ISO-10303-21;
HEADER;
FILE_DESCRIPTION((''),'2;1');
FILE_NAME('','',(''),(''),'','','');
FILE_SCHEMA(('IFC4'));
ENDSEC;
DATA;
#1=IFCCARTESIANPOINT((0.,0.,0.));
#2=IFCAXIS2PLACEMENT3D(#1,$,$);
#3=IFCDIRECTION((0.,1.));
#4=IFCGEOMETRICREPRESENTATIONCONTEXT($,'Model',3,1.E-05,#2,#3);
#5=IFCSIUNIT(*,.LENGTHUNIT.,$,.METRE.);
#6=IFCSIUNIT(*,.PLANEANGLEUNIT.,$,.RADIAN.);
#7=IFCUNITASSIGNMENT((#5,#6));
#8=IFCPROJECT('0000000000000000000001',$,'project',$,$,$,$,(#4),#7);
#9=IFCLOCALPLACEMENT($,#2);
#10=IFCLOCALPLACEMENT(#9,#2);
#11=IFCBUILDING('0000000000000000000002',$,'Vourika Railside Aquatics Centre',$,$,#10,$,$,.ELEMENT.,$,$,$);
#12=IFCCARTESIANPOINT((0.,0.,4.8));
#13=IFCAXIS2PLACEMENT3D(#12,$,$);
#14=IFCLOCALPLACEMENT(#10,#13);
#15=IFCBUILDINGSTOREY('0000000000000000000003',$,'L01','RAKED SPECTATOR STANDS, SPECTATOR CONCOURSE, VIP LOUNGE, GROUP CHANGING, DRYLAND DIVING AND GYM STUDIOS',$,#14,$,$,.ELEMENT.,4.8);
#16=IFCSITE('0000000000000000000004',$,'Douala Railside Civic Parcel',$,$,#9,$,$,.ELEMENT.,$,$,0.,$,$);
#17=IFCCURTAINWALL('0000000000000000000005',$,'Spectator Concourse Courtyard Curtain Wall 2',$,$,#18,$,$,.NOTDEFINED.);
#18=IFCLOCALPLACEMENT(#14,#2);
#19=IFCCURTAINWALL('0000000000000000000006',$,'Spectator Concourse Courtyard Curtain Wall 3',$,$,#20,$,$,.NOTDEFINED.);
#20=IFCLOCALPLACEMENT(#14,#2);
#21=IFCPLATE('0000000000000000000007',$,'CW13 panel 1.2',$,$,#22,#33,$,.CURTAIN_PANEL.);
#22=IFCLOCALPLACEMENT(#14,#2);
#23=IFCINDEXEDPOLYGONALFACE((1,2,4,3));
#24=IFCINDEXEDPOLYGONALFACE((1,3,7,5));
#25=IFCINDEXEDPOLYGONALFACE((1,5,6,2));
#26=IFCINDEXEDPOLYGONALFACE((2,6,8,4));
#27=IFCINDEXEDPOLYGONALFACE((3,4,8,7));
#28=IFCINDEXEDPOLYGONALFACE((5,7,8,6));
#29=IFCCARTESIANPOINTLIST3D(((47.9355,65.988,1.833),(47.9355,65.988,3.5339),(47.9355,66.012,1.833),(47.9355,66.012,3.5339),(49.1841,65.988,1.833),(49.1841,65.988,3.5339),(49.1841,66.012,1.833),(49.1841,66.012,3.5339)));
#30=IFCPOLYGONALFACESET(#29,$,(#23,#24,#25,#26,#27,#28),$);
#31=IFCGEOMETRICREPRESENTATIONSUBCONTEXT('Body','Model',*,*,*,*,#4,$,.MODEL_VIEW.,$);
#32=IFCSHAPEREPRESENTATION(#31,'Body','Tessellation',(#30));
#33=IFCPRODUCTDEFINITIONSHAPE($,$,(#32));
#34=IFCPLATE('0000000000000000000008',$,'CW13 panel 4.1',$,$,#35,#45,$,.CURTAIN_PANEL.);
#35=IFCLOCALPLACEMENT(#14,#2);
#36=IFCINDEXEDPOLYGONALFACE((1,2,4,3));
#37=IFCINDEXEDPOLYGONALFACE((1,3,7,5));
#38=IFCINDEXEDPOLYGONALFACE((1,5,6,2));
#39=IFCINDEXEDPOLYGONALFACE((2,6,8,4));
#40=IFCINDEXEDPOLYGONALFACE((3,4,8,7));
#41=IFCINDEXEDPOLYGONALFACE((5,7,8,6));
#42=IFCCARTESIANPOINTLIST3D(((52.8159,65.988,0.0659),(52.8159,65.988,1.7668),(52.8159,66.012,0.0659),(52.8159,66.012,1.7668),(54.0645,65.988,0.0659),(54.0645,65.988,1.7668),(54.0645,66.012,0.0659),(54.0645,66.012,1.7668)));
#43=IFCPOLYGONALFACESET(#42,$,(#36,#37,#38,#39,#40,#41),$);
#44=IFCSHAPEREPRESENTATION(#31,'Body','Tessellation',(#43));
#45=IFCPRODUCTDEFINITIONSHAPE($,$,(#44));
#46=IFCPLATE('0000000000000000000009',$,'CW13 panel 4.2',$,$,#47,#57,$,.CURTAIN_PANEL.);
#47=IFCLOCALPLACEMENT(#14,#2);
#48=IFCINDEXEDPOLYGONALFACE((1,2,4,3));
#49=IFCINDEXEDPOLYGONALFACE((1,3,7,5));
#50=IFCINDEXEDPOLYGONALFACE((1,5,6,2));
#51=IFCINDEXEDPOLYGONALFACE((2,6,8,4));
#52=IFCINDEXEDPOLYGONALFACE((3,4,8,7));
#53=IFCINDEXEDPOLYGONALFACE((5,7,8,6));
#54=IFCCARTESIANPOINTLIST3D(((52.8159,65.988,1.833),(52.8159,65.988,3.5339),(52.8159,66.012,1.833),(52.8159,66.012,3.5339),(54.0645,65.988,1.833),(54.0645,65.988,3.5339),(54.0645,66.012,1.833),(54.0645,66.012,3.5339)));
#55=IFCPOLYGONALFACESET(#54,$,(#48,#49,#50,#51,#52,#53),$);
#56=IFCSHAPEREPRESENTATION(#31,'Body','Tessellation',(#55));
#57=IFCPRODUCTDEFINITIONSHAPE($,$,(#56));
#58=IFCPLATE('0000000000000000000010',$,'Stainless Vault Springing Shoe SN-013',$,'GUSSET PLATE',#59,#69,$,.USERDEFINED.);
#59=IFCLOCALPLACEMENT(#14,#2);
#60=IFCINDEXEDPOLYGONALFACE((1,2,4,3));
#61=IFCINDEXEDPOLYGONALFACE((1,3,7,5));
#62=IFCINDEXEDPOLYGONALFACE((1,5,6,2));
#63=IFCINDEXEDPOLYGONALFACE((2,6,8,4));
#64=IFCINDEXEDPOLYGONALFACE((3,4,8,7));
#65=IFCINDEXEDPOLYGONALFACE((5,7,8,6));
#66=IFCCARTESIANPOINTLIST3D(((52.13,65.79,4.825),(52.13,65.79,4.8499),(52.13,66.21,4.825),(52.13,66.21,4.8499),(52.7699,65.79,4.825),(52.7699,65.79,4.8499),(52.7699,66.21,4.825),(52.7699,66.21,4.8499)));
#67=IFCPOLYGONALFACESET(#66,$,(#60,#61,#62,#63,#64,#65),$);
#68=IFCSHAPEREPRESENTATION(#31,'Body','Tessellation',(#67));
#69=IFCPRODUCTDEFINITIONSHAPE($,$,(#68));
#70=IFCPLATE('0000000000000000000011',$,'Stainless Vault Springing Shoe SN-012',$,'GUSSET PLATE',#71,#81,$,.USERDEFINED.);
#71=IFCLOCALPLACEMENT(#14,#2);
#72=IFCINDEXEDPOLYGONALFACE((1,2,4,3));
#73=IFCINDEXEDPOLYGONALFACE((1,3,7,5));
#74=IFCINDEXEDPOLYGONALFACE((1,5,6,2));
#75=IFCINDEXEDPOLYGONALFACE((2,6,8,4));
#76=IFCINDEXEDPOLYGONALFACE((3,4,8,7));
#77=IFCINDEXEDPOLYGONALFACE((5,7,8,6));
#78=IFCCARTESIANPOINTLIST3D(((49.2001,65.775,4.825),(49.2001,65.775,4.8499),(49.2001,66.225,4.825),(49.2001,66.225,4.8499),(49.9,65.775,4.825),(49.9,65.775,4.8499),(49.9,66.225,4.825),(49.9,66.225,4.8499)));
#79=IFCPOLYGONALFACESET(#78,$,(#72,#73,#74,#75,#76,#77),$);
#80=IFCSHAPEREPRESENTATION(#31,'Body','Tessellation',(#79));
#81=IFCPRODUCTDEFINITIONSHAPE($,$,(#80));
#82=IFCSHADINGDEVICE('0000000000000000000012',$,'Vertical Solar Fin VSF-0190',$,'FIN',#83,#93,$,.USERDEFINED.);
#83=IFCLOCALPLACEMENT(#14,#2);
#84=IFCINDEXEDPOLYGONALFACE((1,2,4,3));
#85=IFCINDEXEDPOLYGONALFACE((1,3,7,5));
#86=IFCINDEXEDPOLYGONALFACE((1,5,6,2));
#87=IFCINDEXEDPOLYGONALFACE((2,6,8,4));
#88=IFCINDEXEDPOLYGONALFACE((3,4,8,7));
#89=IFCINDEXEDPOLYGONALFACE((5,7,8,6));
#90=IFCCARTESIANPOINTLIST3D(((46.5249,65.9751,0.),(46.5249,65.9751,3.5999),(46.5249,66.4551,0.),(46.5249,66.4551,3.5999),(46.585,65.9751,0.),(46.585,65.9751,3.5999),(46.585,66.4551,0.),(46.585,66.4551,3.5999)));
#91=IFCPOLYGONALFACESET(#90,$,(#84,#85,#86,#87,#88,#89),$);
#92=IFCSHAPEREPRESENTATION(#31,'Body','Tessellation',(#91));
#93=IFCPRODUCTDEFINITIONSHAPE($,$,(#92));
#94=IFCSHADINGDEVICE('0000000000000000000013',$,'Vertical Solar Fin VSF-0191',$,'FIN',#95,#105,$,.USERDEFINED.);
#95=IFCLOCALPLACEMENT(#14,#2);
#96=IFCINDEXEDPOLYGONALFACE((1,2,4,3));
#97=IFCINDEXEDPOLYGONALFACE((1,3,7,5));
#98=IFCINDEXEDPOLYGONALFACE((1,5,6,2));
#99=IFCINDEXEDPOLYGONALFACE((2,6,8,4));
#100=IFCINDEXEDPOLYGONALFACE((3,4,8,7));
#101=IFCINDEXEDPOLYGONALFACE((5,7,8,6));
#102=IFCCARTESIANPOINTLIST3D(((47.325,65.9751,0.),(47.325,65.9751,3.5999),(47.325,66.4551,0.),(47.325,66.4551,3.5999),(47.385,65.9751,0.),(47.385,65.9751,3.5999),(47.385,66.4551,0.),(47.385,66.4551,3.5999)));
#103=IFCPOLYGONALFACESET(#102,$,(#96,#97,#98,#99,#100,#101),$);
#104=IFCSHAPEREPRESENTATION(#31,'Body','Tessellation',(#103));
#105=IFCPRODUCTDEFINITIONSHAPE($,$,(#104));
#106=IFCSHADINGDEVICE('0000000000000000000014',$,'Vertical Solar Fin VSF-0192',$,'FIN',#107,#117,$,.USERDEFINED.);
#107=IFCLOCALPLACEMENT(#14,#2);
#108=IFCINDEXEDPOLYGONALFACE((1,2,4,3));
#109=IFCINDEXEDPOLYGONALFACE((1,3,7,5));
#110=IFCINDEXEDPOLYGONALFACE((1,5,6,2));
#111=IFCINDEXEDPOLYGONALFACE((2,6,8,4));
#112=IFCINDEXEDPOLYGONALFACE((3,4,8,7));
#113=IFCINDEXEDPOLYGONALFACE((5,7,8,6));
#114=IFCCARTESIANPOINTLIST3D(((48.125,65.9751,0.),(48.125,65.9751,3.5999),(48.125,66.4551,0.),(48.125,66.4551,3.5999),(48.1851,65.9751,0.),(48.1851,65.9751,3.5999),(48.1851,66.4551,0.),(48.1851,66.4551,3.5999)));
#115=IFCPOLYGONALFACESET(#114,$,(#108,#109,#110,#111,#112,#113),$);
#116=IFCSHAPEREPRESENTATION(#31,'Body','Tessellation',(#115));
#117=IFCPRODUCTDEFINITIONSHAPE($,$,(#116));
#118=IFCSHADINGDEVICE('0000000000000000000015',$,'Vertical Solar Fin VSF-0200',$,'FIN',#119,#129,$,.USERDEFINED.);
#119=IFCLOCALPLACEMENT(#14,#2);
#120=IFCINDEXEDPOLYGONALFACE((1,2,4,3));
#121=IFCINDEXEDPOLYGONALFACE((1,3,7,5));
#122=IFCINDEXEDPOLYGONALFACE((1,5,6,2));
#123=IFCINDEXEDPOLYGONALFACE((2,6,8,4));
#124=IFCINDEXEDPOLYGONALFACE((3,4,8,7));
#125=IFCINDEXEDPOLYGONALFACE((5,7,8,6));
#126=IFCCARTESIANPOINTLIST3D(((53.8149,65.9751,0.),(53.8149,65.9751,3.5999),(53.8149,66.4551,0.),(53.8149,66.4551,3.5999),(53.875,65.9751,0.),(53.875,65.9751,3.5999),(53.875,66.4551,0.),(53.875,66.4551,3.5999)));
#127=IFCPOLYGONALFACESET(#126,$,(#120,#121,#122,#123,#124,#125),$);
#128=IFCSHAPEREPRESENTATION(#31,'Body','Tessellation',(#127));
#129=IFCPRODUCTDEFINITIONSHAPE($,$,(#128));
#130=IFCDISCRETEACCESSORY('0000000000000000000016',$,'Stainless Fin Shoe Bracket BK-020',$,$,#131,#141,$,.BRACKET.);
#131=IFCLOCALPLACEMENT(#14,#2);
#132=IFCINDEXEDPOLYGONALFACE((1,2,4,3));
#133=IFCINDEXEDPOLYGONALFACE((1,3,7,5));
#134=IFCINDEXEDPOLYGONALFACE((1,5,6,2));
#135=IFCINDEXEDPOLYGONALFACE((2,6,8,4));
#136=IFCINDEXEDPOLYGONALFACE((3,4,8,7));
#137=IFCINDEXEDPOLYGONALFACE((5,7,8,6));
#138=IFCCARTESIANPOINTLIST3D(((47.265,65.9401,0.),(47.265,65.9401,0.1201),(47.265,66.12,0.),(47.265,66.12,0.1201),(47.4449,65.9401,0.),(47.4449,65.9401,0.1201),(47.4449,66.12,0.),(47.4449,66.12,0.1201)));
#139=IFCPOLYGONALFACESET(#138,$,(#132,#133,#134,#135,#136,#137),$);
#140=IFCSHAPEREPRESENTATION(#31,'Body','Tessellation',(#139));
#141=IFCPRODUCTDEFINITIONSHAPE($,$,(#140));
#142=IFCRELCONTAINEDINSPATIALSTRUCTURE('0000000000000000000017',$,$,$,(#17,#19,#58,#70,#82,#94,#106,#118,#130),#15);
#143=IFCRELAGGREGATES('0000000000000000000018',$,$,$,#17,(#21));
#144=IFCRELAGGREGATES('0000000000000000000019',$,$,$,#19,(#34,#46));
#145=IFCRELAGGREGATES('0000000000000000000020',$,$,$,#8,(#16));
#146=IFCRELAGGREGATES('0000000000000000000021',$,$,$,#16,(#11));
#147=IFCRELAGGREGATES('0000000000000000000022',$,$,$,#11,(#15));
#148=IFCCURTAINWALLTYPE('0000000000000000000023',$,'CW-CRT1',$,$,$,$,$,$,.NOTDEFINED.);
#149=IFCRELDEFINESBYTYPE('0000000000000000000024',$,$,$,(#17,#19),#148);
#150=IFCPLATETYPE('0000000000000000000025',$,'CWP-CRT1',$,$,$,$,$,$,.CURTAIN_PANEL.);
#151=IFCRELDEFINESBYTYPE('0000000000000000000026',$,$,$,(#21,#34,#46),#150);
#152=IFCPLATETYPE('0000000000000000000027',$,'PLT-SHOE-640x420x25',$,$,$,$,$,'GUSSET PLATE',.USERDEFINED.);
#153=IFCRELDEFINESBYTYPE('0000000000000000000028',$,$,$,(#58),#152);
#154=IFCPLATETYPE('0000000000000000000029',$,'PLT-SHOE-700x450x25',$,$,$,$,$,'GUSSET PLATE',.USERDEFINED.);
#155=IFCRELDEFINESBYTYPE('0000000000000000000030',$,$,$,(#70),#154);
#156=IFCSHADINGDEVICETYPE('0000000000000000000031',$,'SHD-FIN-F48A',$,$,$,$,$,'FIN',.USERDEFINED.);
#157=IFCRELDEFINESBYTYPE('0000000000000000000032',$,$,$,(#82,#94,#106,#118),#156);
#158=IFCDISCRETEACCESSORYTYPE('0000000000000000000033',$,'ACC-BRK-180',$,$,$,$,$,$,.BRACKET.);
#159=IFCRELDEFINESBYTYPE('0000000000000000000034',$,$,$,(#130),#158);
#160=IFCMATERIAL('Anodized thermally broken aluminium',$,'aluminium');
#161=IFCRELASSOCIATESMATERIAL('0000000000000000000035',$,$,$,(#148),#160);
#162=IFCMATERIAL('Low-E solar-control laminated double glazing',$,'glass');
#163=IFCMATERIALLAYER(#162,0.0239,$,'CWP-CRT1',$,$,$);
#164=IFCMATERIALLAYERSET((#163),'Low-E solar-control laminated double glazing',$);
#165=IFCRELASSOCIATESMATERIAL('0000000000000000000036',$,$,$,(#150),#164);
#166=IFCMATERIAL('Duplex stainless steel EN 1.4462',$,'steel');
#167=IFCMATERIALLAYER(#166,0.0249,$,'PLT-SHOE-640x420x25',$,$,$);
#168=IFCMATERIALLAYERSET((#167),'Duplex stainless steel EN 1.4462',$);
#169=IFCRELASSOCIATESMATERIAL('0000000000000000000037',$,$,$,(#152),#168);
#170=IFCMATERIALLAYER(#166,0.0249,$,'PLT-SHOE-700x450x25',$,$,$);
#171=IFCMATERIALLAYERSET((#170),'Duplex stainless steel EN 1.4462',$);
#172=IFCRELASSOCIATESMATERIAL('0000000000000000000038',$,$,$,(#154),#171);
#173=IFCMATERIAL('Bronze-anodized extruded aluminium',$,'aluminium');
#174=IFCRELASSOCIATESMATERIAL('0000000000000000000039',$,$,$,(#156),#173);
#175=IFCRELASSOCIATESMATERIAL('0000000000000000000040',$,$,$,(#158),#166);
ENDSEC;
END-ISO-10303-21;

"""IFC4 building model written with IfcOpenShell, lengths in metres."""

from ifc_helpers import new_model, si_unit, direction, frame, origin, origin_2d, place, context, subcontext, project, spatial, rectangle, extrude, material, layer, layer_set, material_profile, profile_set, type_object, element, aggregate, save


model = new_model("IFC4")

# Units and contexts
model_context = context("Model", 3, precision=1e-05, world=origin(), true_north=direction((0.0, 1.0)))
body_context = subcontext(model_context, "Body", "Model", "MODEL_VIEW")
ifc_project = project(units=[si_unit("LENGTHUNIT", "METRE"), si_unit("PLANEANGLEUNIT", "RADIAN")], contexts=[model_context])

# Site, building, storey
site_placement = place(None, origin())
site = spatial("IfcSite", under=ifc_project, at=site_placement, Name="Douala Railside Civic Parcel", CompositionType="ELEMENT", RefElevation=0.0)
building_placement = place(site_placement, origin())
building = spatial("IfcBuilding", under=site, at=building_placement, Name="Vourika Railside Aquatics Centre", CompositionType="ELEMENT")
storey_placement = place(building_placement, frame((0.0, 0.0, 4.8)))
storey = spatial("IfcBuildingStorey", under=building, at=storey_placement, Name="L01", Description="RAKED SPECTATOR STANDS, SPECTATOR CONCOURSE, VIP LOUNGE, GROUP CHANGING, DRYLAND DIVING AND GYM STUDIOS", CompositionType="ELEMENT", Elevation=4.8)

# Curtain wall
ifc_material_1 = material(Name="Anodized thermally broken aluminium", Category="aluminium")
curtain_wall_type = type_object("IfcCurtainWallType", Name="CW-CRT1", PredefinedType="NOTDEFINED", material=ifc_material_1)
curtain_wall_1_placement = place(storey_placement, origin())
curtain_wall_1 = element("IfcCurtainWall", 1, at=curtain_wall_1_placement, inside=storey, type_object=curtain_wall_type, Name="Spectator Concourse Courtyard Curtain Wall 2", PredefinedType="NOTDEFINED")

# Curtain wall
curtain_wall_2_placement = place(storey_placement, origin())
curtain_wall_2 = element("IfcCurtainWall", 2, at=curtain_wall_2_placement, inside=storey, type_object=curtain_wall_type, Name="Spectator Concourse Courtyard Curtain Wall 3", PredefinedType="NOTDEFINED")

# Plates
ifc_material_2 = material(Name="Low-E solar-control laminated double glazing", Category="glass")
ifc_layer_1 = layer(ifc_material_2, 0.0239, Name="CWP-CRT1")
ifc_layer_set_1 = layer_set([ifc_layer_1], Name="Low-E solar-control laminated double glazing")
plate_type_1 = type_object("IfcPlateType", Name="CWP-CRT1", PredefinedType="CURTAIN_PANEL", material=ifc_layer_set_1)
plate_1_placement = place(storey_placement, frame((48.5598, 66.0, 1.833), z_axis=(0.0, 0.0, 1.0), x_axis=(-1.0, 0.0, 0.0)))
plate_1 = element("IfcPlate", 3, at=plate_1_placement, type_object=plate_type_1, Name="CW13 panel 1.2", PredefinedType="CURTAIN_PANEL", context=body_context, shape_type="SweptSolid", body=[
    extrude(rectangle(XDim=1.2485, YDim=0.0239, at=origin_2d()), origin(), (0.0, 0.0, 1.0), 1.7009),
])
aggregate(curtain_wall_1, [plate_1])
plate_2_placement = place(storey_placement, frame((53.4402, 66.0, 0.0659), z_axis=(0.0, 0.0, 1.0), x_axis=(-1.0, 0.0, 0.0)))
plate_2 = element("IfcPlate", 4, at=plate_2_placement, type_object=plate_type_1, Name="CW13 panel 4.1", PredefinedType="CURTAIN_PANEL", context=body_context, shape_type="SweptSolid", body=[
    extrude(rectangle(XDim=1.2485, YDim=0.0239, at=origin_2d()), origin(), (0.0, 0.0, 1.0), 1.7009),
])
plate_3_placement = place(storey_placement, frame((53.4402, 66.0, 1.833), z_axis=(0.0, 0.0, 1.0), x_axis=(-1.0, 0.0, 0.0)))
plate_3 = element("IfcPlate", 5, at=plate_3_placement, type_object=plate_type_1, Name="CW13 panel 4.2", PredefinedType="CURTAIN_PANEL", context=body_context, shape_type="SweptSolid", body=[
    extrude(rectangle(XDim=1.2485, YDim=0.0239, at=origin_2d()), origin(), (0.0, 0.0, 1.0), 1.7009),
])
aggregate(curtain_wall_2, [plate_2, plate_3])

# Plates
ifc_material_3 = material(Name="Duplex stainless steel EN 1.4462", Category="steel")
ifc_layer_2 = layer(ifc_material_3, 0.0249, Name="PLT-SHOE-640x420x25")
ifc_layer_set_2 = layer_set([ifc_layer_2], Name="Duplex stainless steel EN 1.4462")
plate_type_2 = type_object("IfcPlateType", Name="PLT-SHOE-640x420x25", ElementType="GUSSET PLATE", PredefinedType="USERDEFINED", material=ifc_layer_set_2)
plate_4_placement = place(storey_placement, frame((52.45, 66.0, 4.825), z_axis=(0.0, 0.0, 1.0), x_axis=(1.0, 0.0, 0.0)))
element("IfcPlate", 6, at=plate_4_placement, inside=storey, type_object=plate_type_2, Name="Stainless Vault Springing Shoe SN-013", ObjectType="GUSSET PLATE", PredefinedType="USERDEFINED", context=body_context, shape_type="SweptSolid", body=[
    extrude(rectangle(XDim=0.6399, YDim=0.4199, at=origin_2d()), origin(), (0.0, 0.0, 1.0), 0.0249),
])
ifc_layer_3 = layer(ifc_material_3, 0.0249, Name="PLT-SHOE-700x450x25")
ifc_layer_set_3 = layer_set([ifc_layer_3], Name="Duplex stainless steel EN 1.4462")
plate_type_3 = type_object("IfcPlateType", Name="PLT-SHOE-700x450x25", ElementType="GUSSET PLATE", PredefinedType="USERDEFINED", material=ifc_layer_set_3)
plate_5_placement = place(storey_placement, frame((49.55, 66.0, 4.825), z_axis=(0.0, 0.0, 1.0), x_axis=(1.0, 0.0, 0.0)))
element("IfcPlate", 7, at=plate_5_placement, inside=storey, type_object=plate_type_3, Name="Stainless Vault Springing Shoe SN-012", ObjectType="GUSSET PLATE", PredefinedType="USERDEFINED", context=body_context, shape_type="SweptSolid", body=[
    extrude(rectangle(XDim=0.7, YDim=0.45, at=origin_2d()), origin(), (0.0, 0.0, 1.0), 0.0249),
])

# Shading devices
ifc_material_4 = material(Name="Bronze-anodized extruded aluminium", Category="aluminium")
ifc_material_profile_1 = material_profile(ifc_material_4, rectangle(XDim=0.0601, YDim=0.48, at=origin_2d()), Name="ALU-FIN 60x480")
ifc_profile_set_1 = profile_set([ifc_material_profile_1], Name="Bronze-anodized extruded aluminium")
shading_device_type = type_object("IfcShadingDeviceType", Name="SHD-FIN-F48A", ElementType="FIN", PredefinedType="USERDEFINED", material=ifc_profile_set_1)
for number, where, z_axis, x_axis, name in (
    (8, (46.5549, 66.2151, 0.0), (0.0, 0.0, 1.0), (1.0, 0.0, 0.0), "Vertical Solar Fin VSF-0190"),
    (9, (47.355, 66.2151, 0.0), (0.0, 0.0, 1.0), (1.0, 0.0, 0.0), "Vertical Solar Fin VSF-0191"),
    (10, (48.155, 66.2151, 0.0), (0.0, 0.0, 1.0), (1.0, 0.0, 0.0), "Vertical Solar Fin VSF-0192"),
    (11, (53.845, 66.2151, 0.0), (0.0, 0.0, 1.0), (1.0, 0.0, 0.0), "Vertical Solar Fin VSF-0200"),
):
    element("IfcShadingDevice", number, at=place(storey_placement, frame(where, z_axis=z_axis, x_axis=x_axis)), inside=storey, type_object=shading_device_type, Name=name, ObjectType="FIN", PredefinedType="USERDEFINED", context=body_context, shape_type="SweptSolid", body=[
        extrude(rectangle(XDim=0.0601, YDim=0.48, at=origin_2d()), origin(), (0.0, 0.0, 1.0), 3.5999),
    ])

# Discrete accessory
discrete_accessory_type = type_object("IfcDiscreteAccessoryType", Name="ACC-BRK-180", PredefinedType="BRACKET", material=ifc_material_3)
discrete_accessory_placement = place(storey_placement, frame((47.355, 66.03, 0.0), z_axis=(0.0, 0.0, 1.0), x_axis=(0.0, 1.0, 0.0)))
element("IfcDiscreteAccessory", 12, at=discrete_accessory_placement, inside=storey, type_object=discrete_accessory_type, Name="Stainless Fin Shoe Bracket BK-020", PredefinedType="BRACKET", context=body_context, shape_type="SweptSolid", body=[
    extrude(rectangle(XDim=0.1799, YDim=0.1799, at=origin_2d()), origin(), (0.0, 0.0, 1.0), 0.1201),
])

save(model, "model.ifc")
